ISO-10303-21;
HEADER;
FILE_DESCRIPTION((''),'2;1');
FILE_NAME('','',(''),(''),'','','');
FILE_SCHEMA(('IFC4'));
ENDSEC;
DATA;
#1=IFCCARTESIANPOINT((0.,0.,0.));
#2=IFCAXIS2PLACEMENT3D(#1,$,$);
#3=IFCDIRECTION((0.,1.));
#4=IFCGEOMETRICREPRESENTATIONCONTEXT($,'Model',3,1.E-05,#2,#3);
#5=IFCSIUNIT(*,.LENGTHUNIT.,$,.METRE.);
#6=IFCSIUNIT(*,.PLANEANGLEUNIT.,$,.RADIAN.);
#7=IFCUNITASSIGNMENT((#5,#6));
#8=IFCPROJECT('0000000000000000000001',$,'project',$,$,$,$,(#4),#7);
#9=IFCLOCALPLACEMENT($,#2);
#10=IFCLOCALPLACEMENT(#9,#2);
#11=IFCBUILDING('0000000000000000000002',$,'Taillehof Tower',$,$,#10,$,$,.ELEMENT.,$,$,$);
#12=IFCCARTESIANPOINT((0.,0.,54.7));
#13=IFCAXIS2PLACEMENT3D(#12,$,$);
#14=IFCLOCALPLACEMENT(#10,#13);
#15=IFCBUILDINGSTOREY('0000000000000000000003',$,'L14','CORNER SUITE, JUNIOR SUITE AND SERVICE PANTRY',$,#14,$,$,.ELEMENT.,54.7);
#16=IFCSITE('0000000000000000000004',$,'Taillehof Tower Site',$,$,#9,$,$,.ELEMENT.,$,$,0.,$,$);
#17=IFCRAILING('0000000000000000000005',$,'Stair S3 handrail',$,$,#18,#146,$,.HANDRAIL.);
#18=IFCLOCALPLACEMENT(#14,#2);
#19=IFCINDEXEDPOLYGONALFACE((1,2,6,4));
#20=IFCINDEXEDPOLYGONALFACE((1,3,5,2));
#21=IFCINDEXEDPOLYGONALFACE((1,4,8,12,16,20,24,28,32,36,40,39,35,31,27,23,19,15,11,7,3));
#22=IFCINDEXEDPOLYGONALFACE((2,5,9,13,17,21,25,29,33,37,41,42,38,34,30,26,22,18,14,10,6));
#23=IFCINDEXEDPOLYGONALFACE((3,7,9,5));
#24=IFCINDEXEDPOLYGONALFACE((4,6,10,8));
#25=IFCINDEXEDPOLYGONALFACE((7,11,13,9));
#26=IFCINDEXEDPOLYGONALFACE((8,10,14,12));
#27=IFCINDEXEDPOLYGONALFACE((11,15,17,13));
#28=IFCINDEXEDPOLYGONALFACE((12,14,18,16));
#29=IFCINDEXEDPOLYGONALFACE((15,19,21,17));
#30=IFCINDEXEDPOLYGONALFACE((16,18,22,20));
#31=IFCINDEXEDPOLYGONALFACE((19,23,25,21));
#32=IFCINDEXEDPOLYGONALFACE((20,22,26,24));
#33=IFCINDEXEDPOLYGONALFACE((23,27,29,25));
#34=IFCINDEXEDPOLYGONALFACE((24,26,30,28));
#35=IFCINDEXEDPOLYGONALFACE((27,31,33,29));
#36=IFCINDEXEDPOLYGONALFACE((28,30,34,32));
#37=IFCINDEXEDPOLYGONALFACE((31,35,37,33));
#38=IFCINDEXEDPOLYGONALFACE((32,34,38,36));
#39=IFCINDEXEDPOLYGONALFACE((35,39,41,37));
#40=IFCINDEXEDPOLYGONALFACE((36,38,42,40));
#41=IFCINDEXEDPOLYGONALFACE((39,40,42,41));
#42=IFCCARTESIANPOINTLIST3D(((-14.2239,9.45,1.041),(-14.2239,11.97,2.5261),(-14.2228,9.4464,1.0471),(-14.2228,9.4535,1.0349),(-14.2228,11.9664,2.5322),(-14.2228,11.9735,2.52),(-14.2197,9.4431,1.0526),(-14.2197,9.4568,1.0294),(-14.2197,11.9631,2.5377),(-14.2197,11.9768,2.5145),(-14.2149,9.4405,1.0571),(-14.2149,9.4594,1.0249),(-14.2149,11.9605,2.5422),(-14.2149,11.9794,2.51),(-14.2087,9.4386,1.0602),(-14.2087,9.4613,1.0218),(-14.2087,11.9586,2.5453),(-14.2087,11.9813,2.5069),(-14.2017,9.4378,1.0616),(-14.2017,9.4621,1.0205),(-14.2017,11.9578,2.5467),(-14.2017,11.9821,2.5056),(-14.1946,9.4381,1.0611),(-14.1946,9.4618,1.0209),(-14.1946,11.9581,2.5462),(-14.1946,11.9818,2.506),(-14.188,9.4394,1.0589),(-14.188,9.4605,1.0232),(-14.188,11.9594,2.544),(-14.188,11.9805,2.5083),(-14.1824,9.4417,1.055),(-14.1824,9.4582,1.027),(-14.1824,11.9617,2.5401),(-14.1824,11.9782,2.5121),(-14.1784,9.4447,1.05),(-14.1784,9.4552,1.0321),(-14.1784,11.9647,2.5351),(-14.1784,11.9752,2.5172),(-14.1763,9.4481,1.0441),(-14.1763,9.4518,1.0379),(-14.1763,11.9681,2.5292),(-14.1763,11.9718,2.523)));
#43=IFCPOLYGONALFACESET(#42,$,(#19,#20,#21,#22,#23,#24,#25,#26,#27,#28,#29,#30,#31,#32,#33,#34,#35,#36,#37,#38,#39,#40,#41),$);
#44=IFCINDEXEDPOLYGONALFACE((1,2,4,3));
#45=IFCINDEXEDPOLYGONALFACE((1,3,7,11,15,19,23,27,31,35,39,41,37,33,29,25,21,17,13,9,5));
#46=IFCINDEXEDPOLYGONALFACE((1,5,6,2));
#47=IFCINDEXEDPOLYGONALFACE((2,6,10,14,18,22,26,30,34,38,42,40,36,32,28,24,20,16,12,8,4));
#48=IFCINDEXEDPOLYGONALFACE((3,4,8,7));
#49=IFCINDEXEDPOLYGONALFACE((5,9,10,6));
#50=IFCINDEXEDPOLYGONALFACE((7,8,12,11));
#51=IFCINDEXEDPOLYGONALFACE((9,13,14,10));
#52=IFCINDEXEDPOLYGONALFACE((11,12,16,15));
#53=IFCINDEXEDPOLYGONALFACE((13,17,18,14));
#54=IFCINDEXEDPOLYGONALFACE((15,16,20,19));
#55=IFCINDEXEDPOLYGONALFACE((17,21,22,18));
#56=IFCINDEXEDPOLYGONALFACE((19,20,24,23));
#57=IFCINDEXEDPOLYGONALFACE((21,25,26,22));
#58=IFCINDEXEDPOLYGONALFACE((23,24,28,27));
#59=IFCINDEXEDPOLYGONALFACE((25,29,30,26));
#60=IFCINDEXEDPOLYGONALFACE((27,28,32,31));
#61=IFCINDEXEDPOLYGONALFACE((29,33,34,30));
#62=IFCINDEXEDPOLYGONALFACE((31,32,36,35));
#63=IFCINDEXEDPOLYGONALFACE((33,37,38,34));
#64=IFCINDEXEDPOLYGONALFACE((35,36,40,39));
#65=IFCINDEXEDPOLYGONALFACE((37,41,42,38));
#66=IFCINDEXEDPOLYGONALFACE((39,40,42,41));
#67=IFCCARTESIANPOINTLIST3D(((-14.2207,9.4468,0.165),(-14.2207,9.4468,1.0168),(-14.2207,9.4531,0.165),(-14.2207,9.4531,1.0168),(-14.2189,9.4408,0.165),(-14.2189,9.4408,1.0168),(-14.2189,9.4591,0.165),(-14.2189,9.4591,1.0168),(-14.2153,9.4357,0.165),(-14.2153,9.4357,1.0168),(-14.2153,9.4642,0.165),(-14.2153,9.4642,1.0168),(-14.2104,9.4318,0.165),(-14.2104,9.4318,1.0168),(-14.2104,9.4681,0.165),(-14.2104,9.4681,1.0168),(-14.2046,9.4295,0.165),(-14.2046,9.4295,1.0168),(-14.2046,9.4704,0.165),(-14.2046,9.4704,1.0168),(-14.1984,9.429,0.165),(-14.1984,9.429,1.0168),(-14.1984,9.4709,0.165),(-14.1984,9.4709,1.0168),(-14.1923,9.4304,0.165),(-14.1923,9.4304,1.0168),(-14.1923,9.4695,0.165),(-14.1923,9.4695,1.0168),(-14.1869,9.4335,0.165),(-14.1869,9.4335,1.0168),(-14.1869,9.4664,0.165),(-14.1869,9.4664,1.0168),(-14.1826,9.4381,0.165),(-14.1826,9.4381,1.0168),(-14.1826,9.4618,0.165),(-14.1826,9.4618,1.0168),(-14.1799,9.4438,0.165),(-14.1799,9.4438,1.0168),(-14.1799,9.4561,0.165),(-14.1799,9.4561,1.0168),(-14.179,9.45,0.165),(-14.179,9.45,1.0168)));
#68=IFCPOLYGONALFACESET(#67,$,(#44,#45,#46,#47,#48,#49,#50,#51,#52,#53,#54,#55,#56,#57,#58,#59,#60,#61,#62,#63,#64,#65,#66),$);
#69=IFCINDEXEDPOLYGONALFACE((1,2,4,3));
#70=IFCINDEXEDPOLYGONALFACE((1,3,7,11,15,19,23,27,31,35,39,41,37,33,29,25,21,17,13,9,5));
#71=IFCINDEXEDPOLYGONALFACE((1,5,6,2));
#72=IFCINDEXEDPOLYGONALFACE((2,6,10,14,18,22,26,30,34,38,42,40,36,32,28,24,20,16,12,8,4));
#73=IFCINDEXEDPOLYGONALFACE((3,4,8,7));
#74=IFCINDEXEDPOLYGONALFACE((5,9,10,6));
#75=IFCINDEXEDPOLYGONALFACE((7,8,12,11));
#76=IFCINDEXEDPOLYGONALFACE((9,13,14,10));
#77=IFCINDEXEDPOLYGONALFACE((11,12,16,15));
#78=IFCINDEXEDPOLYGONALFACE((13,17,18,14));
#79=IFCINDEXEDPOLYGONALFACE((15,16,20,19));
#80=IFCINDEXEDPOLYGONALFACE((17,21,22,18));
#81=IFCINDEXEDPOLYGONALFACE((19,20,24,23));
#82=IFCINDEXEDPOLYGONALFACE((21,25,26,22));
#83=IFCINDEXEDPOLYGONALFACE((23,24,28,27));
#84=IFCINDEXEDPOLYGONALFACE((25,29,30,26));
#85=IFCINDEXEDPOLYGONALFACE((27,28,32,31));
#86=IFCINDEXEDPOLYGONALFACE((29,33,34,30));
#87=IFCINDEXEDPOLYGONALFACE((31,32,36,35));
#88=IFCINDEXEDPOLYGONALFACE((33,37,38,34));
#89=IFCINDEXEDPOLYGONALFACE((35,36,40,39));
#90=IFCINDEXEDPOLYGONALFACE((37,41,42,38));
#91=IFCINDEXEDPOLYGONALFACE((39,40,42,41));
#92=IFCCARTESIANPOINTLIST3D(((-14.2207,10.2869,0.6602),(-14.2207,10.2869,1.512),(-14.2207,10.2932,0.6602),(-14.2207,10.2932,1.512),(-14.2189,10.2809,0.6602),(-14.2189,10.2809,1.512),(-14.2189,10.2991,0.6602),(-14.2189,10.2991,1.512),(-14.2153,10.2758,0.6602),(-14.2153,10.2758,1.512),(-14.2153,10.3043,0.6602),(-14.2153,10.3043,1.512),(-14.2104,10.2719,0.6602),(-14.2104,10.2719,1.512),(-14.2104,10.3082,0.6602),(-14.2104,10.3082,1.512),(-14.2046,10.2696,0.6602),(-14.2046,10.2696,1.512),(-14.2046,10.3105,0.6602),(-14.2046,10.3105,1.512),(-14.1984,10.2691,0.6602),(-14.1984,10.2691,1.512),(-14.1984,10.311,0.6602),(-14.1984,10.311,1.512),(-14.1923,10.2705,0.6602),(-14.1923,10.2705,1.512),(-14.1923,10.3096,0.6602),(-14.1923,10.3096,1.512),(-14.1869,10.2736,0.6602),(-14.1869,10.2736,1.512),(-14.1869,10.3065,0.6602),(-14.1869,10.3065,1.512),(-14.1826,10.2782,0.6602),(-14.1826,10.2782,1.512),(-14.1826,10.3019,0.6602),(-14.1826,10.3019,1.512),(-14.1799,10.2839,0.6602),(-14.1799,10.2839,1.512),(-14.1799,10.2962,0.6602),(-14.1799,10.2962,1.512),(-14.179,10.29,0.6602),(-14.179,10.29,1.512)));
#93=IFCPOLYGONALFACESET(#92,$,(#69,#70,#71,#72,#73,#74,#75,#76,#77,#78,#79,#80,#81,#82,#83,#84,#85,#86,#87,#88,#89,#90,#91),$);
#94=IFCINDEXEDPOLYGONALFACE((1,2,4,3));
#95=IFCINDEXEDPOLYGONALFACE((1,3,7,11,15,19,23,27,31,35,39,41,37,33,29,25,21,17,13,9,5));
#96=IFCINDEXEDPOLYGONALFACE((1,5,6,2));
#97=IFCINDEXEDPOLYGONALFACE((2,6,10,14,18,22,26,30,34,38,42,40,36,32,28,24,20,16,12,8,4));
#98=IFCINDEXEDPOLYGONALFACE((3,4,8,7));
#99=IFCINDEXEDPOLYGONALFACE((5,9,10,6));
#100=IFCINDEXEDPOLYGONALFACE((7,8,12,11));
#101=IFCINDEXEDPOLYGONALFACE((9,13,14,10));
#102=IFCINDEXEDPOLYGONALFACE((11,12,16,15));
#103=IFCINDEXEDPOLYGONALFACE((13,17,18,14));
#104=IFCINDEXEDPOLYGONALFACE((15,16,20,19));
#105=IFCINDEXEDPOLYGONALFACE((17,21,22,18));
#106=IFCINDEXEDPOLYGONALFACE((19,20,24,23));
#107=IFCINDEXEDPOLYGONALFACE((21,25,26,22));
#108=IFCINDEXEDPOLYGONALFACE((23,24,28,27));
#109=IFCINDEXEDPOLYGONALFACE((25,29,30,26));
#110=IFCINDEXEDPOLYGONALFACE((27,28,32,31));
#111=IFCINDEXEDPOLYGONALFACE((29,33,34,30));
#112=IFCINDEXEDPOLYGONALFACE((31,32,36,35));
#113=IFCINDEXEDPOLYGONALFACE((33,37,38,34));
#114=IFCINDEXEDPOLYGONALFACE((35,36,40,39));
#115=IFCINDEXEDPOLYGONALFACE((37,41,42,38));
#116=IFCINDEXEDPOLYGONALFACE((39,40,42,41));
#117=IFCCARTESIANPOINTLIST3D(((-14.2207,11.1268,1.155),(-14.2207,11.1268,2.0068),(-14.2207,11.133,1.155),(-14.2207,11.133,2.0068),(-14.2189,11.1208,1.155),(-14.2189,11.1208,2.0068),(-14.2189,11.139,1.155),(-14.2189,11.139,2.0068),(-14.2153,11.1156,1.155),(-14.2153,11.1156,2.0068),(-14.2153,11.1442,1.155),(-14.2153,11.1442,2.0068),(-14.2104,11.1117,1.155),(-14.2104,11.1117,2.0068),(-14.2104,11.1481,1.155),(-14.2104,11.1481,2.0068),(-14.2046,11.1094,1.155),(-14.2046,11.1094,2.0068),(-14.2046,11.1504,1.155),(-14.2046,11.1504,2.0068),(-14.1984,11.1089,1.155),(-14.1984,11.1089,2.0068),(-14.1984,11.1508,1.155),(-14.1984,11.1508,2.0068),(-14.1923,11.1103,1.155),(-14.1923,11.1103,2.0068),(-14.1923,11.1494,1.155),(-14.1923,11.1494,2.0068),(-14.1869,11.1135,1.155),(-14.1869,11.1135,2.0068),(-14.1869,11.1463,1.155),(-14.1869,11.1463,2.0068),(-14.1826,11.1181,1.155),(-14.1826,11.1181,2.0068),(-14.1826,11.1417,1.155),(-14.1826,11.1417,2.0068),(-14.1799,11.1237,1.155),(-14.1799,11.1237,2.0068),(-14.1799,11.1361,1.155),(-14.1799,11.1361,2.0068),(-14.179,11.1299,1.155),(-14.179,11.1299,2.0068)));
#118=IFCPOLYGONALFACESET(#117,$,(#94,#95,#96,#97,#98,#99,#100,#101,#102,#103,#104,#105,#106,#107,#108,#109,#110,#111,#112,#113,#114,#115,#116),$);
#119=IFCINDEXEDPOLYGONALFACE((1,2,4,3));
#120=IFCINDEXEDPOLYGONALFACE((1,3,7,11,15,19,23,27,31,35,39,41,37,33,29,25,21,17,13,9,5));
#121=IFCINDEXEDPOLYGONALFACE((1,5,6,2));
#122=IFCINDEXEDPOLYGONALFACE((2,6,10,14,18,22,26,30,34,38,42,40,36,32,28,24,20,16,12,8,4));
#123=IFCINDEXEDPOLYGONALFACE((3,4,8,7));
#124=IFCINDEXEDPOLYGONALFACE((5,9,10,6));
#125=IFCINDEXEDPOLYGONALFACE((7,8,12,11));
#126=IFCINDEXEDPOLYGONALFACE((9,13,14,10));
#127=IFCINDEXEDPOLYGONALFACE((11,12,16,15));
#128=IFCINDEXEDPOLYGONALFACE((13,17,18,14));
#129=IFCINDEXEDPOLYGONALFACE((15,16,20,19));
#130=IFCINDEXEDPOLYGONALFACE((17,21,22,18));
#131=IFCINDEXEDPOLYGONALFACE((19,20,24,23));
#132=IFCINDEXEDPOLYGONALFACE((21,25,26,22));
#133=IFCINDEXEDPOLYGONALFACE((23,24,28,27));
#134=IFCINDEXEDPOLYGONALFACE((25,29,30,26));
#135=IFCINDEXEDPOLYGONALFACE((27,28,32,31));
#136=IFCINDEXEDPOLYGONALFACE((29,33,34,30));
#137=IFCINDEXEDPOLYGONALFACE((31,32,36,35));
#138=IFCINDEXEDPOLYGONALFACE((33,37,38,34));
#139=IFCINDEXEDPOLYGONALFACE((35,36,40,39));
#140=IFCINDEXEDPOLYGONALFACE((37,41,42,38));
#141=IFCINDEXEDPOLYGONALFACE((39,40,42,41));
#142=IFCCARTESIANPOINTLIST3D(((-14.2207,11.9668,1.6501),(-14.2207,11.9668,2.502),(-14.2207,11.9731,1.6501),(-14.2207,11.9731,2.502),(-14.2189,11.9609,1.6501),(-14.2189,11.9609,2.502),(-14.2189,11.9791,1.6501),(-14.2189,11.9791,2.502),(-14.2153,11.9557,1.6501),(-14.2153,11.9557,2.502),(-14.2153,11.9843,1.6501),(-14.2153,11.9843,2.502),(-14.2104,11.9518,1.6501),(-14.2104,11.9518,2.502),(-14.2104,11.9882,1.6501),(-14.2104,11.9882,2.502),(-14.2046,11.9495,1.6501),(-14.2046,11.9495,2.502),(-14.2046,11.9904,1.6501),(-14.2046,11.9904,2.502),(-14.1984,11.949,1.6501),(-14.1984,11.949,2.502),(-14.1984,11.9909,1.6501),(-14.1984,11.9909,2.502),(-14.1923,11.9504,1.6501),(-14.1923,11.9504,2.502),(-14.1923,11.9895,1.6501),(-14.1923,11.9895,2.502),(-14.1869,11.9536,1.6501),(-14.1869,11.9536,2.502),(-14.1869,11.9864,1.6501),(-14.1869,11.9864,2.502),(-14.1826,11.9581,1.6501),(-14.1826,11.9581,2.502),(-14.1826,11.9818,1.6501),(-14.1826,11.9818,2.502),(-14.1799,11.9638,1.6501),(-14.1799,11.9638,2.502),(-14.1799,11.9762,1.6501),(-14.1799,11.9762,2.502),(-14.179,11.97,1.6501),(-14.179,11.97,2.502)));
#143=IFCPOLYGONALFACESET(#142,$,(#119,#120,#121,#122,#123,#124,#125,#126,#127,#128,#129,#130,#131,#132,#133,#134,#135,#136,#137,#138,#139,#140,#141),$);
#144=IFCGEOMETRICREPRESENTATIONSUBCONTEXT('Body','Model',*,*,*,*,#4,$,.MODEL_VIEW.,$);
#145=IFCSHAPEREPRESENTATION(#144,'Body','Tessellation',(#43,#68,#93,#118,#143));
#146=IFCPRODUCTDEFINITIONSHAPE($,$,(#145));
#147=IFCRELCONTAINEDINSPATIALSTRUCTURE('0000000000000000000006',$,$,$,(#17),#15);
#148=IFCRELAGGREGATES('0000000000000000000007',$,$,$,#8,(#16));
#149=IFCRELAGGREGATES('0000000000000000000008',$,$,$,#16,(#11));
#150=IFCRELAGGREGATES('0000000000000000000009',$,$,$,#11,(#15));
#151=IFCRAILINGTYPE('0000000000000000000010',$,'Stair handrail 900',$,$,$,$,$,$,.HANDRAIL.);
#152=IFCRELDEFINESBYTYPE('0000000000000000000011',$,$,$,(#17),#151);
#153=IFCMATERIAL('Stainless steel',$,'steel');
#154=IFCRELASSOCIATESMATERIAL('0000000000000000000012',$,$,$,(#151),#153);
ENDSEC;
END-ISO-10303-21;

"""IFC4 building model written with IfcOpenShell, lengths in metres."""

from ifc_helpers import new_model, si_unit, direction, frame, origin, origin_2d, place, context, subcontext, project, spatial, circle, extrude, material, type_object, element, save


model = new_model("IFC4")

# Units and contexts
model_context = context("Model", 3, precision=1e-05, world=origin(), true_north=direction((0.0, 1.0)))
body_context = subcontext(model_context, "Body", "Model", "MODEL_VIEW")
ifc_project = project(units=[si_unit("LENGTHUNIT", "METRE"), si_unit("PLANEANGLEUNIT", "RADIAN")], contexts=[model_context])

# Site, building, storey
site_placement = place(None, origin())
site = spatial("IfcSite", under=ifc_project, at=site_placement, Name="Taillehof Tower Site", CompositionType="ELEMENT", RefElevation=0.0)
building_placement = place(site_placement, origin())
building = spatial("IfcBuilding", under=site, at=building_placement, Name="Taillehof Tower", CompositionType="ELEMENT")
storey_placement = place(building_placement, frame((0.0, 0.0, 54.7)))
storey = spatial("IfcBuildingStorey", under=building, at=storey_placement, Name="L14", Description="CORNER SUITE, JUNIOR SUITE AND SERVICE PANTRY", CompositionType="ELEMENT", Elevation=54.7)

# Railing
ifc_material_1 = material(Name="Stainless steel", Category="steel")
railing_type = type_object("IfcRailingType", Name="Stair handrail 900", PredefinedType="HANDRAIL", material=ifc_material_1)
railing_placement = place(storey_placement, frame((-14.2, 9.45, 0.165)))
element("IfcRailing", 1, at=railing_placement, inside=storey, type_object=railing_type, Name="Stair S3 handrail", PredefinedType="HANDRAIL", context=body_context, shape_type="SweptSolid", body=[
    extrude(circle(Radius=0.0239, at=origin_2d()), frame((0.0, 0.0, 0.876), z_axis=(0.0, 0.861524, 0.507717), x_axis=(-1.0, 0.0, 0.0)), (0.0, 0.0, 1.0), 2.925),
    extrude(circle(Radius=0.021, at=origin_2d()), origin(), (0.0, 0.0, 1.0), 0.8518),
    extrude(circle(Radius=0.021, at=origin_2d()), frame((0.0, 0.8401, 0.4951)), (0.0, 0.0, 1.0), 0.8518),
    extrude(circle(Radius=0.021, at=origin_2d()), frame((0.0, 1.6799, 0.99)), (0.0, 0.0, 1.0), 0.8518),
    extrude(circle(Radius=0.021, at=origin_2d()), frame((0.0, 2.52, 1.4851)), (0.0, 0.0, 1.0), 0.8518),
])

save(model, "model.ifc")
